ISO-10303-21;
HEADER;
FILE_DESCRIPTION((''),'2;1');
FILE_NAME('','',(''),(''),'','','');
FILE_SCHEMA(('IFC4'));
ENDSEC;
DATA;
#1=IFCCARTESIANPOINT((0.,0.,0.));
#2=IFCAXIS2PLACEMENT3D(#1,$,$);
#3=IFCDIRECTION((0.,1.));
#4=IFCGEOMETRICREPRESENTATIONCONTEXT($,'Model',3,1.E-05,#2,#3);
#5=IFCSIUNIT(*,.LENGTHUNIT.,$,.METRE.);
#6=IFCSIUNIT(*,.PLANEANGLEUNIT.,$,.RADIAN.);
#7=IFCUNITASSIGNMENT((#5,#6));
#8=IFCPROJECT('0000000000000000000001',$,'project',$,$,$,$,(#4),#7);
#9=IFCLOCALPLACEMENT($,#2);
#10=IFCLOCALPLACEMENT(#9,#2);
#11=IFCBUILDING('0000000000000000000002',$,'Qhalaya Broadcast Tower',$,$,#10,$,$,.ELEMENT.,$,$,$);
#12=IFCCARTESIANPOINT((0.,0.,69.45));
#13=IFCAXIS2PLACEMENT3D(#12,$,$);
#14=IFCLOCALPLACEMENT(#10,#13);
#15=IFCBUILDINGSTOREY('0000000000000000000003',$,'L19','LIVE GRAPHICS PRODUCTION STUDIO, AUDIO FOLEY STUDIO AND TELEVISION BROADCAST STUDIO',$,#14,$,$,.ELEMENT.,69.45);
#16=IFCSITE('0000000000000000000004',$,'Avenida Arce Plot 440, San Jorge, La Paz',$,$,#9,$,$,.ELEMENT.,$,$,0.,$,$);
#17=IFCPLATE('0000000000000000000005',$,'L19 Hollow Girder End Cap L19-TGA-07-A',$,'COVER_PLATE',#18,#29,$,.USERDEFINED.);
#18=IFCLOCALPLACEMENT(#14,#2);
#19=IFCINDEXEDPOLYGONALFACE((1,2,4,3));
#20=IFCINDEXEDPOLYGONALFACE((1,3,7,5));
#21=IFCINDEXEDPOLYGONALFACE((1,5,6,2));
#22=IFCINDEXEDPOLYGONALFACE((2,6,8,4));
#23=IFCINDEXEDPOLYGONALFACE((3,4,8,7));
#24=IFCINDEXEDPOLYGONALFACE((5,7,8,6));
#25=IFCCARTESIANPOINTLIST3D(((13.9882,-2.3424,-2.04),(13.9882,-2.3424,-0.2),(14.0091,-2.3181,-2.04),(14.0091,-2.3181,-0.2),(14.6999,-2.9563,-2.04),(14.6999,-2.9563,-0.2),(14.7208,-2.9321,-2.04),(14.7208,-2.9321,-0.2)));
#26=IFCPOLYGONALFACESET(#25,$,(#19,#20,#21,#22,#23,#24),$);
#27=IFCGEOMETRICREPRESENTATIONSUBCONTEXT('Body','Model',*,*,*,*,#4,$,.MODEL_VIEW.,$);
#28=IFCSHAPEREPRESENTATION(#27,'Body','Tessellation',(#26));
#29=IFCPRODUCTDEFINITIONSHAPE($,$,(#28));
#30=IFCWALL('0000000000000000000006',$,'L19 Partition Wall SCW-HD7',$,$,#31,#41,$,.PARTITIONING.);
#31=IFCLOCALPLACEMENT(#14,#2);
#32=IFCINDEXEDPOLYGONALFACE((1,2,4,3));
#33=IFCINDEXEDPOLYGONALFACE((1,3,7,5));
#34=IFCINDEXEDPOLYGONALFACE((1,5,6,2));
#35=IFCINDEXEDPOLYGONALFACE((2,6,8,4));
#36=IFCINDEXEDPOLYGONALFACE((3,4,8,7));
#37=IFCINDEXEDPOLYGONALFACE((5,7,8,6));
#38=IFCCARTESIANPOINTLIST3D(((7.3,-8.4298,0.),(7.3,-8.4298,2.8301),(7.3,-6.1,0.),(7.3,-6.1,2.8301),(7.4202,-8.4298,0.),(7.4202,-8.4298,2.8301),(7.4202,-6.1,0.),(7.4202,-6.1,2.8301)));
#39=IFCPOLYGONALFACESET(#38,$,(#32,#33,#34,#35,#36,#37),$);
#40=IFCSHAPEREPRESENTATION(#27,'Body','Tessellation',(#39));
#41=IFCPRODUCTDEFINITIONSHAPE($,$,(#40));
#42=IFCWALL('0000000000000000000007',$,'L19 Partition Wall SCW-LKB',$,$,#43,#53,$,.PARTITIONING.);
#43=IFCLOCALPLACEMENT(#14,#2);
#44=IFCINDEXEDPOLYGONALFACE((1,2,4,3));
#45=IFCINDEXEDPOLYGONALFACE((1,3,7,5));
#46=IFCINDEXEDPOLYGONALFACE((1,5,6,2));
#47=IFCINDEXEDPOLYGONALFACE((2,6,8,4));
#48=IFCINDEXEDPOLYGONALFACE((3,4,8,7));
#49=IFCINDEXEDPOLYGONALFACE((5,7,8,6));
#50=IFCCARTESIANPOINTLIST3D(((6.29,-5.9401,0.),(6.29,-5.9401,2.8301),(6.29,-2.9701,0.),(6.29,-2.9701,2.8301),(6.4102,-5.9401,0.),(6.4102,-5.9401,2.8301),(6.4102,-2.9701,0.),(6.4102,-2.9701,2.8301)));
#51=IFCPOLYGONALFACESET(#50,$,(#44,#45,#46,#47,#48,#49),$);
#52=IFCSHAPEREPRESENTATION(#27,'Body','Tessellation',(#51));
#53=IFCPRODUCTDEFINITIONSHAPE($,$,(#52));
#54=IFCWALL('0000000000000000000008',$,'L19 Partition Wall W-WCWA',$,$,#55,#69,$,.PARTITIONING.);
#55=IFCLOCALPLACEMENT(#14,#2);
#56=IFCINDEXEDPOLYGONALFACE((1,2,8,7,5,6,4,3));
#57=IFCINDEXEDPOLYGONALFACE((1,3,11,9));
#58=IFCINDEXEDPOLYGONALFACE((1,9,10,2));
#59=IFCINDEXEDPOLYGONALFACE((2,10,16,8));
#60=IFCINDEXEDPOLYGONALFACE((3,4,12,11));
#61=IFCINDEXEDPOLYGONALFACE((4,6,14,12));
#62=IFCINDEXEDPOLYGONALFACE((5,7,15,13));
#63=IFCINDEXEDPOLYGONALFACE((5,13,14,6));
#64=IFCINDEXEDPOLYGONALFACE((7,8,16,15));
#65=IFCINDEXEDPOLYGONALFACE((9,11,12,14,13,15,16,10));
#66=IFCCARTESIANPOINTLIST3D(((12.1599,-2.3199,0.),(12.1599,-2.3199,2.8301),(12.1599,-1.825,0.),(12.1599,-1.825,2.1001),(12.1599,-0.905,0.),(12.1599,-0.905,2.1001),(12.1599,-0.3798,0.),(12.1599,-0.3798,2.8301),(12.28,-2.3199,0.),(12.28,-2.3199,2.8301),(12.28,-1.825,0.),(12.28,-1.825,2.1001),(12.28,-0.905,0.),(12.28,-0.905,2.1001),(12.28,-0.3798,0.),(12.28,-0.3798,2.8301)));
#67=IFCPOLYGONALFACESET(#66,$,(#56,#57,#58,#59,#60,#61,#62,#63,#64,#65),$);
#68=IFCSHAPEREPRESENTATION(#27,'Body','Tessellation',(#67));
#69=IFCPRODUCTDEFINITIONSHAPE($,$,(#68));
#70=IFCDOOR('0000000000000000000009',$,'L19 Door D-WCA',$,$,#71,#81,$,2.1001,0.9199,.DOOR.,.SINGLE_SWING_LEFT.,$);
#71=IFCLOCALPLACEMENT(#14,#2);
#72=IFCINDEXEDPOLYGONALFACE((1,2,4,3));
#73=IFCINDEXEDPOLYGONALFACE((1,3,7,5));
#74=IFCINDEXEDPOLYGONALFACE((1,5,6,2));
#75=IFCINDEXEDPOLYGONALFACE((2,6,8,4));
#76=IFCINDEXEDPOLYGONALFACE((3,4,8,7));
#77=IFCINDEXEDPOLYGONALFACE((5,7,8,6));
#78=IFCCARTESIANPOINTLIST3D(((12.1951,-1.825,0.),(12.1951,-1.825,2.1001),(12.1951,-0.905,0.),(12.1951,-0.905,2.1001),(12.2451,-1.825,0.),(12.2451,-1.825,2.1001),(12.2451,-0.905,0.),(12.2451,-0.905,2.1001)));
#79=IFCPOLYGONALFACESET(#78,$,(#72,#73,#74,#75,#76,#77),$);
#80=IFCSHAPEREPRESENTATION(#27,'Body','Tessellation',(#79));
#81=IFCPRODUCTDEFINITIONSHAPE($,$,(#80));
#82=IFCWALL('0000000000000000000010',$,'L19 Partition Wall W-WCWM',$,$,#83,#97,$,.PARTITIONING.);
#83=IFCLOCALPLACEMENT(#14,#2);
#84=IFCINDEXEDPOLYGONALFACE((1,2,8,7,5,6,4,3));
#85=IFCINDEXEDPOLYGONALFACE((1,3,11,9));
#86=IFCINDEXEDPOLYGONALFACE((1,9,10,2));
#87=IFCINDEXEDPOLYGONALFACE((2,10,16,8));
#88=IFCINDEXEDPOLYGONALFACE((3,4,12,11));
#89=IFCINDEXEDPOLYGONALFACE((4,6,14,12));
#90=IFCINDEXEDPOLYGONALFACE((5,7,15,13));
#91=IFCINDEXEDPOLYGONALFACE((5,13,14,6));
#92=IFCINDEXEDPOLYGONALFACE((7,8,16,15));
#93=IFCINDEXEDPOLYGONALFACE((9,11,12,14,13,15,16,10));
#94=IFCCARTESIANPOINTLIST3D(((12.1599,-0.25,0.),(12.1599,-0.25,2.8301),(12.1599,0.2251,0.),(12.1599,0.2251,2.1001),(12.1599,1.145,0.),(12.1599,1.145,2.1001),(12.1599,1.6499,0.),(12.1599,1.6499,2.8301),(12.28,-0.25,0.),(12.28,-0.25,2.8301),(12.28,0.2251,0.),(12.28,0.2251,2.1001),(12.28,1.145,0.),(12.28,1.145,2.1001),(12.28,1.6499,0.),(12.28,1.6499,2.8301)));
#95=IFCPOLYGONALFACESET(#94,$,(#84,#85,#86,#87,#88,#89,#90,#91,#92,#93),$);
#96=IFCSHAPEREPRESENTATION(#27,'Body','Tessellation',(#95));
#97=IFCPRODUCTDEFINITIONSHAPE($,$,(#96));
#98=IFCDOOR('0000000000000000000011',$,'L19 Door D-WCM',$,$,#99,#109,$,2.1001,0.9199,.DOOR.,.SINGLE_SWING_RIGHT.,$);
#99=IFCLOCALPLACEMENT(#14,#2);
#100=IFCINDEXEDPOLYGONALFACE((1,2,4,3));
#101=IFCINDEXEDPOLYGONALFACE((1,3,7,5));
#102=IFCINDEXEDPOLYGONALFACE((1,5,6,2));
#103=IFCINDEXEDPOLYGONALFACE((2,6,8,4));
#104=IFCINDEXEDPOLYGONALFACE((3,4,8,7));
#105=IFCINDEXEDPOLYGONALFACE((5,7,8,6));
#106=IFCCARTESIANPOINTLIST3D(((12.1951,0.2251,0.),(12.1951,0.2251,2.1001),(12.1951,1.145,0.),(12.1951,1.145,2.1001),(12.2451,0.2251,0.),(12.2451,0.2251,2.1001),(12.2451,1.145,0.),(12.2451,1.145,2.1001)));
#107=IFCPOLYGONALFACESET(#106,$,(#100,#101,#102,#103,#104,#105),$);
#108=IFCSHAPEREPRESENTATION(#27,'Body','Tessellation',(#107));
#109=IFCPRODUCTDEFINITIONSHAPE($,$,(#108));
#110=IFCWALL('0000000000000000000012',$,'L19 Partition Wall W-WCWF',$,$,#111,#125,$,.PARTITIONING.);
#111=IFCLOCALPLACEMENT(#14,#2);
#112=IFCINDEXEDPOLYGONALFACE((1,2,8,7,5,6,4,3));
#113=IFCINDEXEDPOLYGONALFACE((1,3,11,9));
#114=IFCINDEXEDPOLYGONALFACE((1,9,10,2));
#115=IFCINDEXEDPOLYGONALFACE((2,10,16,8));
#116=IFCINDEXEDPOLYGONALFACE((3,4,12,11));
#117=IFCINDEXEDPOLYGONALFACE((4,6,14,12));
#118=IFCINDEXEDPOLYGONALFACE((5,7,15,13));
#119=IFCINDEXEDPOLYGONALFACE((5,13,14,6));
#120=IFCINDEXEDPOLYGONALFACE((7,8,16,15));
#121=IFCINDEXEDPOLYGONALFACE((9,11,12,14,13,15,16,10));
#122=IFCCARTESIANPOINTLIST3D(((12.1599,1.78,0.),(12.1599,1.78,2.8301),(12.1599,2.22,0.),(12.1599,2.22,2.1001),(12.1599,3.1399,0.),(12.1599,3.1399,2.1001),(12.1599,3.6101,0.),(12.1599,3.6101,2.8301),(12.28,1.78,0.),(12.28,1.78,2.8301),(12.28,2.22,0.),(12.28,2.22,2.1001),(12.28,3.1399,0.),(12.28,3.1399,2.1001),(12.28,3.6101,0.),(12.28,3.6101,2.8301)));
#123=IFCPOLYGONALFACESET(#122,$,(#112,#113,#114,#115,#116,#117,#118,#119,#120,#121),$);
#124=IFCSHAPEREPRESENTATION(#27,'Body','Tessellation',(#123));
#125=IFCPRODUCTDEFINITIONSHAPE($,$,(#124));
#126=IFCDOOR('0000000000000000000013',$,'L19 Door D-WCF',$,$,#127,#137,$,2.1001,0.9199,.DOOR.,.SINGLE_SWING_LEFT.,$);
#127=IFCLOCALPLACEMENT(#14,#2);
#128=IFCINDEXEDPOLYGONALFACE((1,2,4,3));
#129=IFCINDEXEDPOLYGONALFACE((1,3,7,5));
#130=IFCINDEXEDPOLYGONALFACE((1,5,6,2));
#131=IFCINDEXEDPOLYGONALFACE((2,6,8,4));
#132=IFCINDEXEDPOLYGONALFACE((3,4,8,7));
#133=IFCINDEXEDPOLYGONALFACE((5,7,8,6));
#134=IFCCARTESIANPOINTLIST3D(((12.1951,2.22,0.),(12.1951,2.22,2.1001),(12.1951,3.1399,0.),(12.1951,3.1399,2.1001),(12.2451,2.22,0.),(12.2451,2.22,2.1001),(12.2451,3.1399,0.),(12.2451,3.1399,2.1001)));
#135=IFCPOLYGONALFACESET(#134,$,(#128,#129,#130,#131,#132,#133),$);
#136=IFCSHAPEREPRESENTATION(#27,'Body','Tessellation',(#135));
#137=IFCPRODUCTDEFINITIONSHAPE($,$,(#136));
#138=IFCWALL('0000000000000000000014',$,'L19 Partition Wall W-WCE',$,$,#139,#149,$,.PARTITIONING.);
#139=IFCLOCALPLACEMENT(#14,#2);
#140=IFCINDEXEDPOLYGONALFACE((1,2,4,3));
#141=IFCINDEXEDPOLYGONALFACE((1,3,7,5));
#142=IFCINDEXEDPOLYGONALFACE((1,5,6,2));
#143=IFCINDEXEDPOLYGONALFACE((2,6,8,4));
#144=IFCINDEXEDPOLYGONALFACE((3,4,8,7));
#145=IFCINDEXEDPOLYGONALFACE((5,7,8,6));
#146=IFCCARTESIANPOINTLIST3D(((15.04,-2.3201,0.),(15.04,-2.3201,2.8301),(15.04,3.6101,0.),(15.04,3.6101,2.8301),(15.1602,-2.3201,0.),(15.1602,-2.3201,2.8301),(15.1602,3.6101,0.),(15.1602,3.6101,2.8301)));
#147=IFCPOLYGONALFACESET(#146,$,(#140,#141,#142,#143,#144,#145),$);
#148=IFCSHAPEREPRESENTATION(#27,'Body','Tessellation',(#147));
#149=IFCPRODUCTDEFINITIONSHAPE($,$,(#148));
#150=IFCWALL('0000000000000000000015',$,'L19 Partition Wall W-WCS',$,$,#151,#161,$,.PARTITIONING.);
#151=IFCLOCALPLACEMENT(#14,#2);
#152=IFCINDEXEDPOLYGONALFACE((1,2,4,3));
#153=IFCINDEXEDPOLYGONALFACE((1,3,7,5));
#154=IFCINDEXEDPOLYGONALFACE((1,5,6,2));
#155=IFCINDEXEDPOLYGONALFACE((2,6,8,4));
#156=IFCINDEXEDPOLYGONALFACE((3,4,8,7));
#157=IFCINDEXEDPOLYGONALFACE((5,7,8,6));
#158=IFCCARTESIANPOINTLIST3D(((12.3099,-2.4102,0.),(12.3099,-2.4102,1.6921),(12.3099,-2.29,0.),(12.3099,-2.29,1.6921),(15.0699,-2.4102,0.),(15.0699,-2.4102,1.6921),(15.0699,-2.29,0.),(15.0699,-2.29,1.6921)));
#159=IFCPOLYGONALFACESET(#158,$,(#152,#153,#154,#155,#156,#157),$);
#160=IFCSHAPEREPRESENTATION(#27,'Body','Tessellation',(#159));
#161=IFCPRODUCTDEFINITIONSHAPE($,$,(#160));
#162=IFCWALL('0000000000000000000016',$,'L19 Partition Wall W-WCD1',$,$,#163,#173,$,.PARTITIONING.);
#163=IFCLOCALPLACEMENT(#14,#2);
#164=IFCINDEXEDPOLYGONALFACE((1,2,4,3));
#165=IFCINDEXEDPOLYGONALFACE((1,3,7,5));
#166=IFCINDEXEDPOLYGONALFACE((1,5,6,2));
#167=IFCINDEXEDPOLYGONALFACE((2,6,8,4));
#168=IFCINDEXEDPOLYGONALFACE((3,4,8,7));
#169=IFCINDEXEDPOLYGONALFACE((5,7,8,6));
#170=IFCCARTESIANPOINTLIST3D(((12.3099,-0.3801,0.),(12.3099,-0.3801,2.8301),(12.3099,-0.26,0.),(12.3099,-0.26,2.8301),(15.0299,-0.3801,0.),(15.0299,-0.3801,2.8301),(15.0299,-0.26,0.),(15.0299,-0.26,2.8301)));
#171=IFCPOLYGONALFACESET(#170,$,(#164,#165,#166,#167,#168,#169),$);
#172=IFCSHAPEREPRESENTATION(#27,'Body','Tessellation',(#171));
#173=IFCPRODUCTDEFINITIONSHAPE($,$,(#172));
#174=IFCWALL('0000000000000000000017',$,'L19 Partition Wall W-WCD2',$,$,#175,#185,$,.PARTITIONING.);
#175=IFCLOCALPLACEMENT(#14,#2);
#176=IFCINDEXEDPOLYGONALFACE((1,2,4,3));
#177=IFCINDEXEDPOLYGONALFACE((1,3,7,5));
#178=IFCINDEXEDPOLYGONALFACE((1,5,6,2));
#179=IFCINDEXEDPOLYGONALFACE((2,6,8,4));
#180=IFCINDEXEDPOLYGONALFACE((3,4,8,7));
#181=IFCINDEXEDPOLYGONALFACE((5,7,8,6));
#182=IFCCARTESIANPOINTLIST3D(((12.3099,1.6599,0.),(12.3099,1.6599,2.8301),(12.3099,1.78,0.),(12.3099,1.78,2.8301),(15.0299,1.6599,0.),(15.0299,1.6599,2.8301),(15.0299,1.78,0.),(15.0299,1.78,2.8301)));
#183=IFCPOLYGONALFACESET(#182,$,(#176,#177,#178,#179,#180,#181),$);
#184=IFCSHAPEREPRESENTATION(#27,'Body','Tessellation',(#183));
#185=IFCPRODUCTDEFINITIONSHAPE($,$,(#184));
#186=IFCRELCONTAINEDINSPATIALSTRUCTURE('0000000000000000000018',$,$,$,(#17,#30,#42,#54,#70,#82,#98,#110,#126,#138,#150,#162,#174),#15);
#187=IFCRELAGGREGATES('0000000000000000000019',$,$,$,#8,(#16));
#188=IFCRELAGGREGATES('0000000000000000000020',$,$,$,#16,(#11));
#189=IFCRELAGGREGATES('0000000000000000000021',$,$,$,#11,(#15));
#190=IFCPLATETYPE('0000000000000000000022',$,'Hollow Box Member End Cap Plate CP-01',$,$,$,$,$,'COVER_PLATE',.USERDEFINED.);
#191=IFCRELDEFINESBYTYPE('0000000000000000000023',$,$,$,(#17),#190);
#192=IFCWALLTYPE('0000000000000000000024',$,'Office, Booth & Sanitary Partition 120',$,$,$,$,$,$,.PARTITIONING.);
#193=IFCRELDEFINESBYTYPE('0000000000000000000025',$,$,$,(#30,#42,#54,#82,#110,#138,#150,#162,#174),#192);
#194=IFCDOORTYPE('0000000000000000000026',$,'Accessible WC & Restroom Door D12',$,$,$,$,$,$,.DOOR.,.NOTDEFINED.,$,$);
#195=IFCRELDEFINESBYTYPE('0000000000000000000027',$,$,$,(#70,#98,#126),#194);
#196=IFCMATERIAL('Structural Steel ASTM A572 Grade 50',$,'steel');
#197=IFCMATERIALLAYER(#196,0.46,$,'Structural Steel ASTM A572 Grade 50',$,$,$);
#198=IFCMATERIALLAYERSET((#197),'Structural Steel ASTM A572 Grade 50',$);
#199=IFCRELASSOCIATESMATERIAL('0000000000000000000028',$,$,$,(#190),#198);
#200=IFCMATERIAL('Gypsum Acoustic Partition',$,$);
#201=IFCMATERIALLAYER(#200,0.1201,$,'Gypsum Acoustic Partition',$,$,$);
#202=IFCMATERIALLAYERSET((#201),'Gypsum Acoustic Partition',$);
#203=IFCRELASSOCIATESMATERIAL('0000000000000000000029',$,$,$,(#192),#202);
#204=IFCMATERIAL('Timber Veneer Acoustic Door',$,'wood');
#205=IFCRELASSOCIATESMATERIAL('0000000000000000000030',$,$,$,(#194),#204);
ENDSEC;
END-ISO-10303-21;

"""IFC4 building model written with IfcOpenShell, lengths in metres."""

from ifc_helpers import new_model, si_unit, direction, frame, frame_2d, origin, origin_2d, place, context, subcontext, project, spatial, rectangle, extrude, material, layer, layer_set, type_object, element, fill, save


model = new_model("IFC4")

# Units and contexts
model_context = context("Model", 3, precision=1e-05, world=origin(), true_north=direction((0.0, 1.0)))
body_context = subcontext(model_context, "Body", "Model", "MODEL_VIEW")
ifc_project = project(units=[si_unit("LENGTHUNIT", "METRE"), si_unit("PLANEANGLEUNIT", "RADIAN")], contexts=[model_context])

# Site, building, storey
site_placement = place(None, origin())
site = spatial("IfcSite", under=ifc_project, at=site_placement, Name="Avenida Arce Plot 440, San Jorge, La Paz", CompositionType="ELEMENT", RefElevation=0.0)
building_placement = place(site_placement, origin())
building = spatial("IfcBuilding", under=site, at=building_placement, Name="Qhalaya Broadcast Tower", CompositionType="ELEMENT")
storey_placement = place(building_placement, frame((0.0, 0.0, 69.45)))
storey = spatial("IfcBuildingStorey", under=building, at=storey_placement, Name="L19", Description="LIVE GRAPHICS PRODUCTION STUDIO, AUDIO FOLEY STUDIO AND TELEVISION BROADCAST STUDIO", CompositionType="ELEMENT", Elevation=69.45)

# Shared definitions
ifc_material_1 = material(Name="Structural Steel ASTM A572 Grade 50", Category="steel")

# Plate
ifc_layer_1 = layer(ifc_material_1, 0.46, Name="Structural Steel ASTM A572 Grade 50")
ifc_layer_set_1 = layer_set([ifc_layer_1], Name="Structural Steel ASTM A572 Grade 50")
plate_type = type_object("IfcPlateType", Name="Hollow Box Member End Cap Plate CP-01", ElementType="COVER_PLATE", PredefinedType="USERDEFINED", material=ifc_layer_set_1)
for number, where, z_axis, x_axis, name in (
    (1, (14.3545, -2.6372, -2.04), (0.0, 0.0, 1.0), (-0.757223, 0.653156, 0.0), "L19 Hollow Girder End Cap L19-TGA-07-A"),
):
    element("IfcPlate", number, at=place(storey_placement, frame(where, z_axis=z_axis, x_axis=x_axis)), inside=storey, type_object=plate_type, Name=name, ObjectType="COVER_PLATE", PredefinedType="USERDEFINED", context=body_context, shape_type="SweptSolid", body=[
        extrude(rectangle(XDim=0.9399, YDim=0.032, at=origin_2d()), origin(), (0.0, 0.0, 1.0), 1.8401),
    ])

# Walls
ifc_material_2 = material(Name="Gypsum Acoustic Partition")
ifc_layer_2 = layer(ifc_material_2, 0.1201, Name="Gypsum Acoustic Partition")
ifc_layer_set_2 = layer_set([ifc_layer_2], Name="Gypsum Acoustic Partition")
wall_type = type_object("IfcWallType", Name="Office, Booth & Sanitary Partition 120", PredefinedType="PARTITIONING", material=ifc_layer_set_2)
wall_1_placement = place(storey_placement, frame((7.3601, -8.4299, 0.0), z_axis=(0.0, 0.0, 1.0), x_axis=(0.0, 1.0, 0.0)))
element("IfcWall", 2, at=wall_1_placement, inside=storey, type_object=wall_type, Name="L19 Partition Wall SCW-HD7", PredefinedType="PARTITIONING", context=body_context, shape_type="SweptSolid", body=[
    extrude(rectangle(XDim=2.3298, YDim=0.1201, at=frame_2d((1.165, 0.0))), origin(), (0.0, 0.0, 1.0), 2.8301),
])
wall_2_placement = place(storey_placement, frame((6.3501, -5.9399, 0.0), z_axis=(0.0, 0.0, 1.0), x_axis=(0.0, 1.0, 0.0)))
element("IfcWall", 3, at=wall_2_placement, inside=storey, type_object=wall_type, Name="L19 Partition Wall SCW-LKB", PredefinedType="PARTITIONING", context=body_context, shape_type="SweptSolid", body=[
    extrude(rectangle(XDim=2.97, YDim=0.1201, at=frame_2d((1.4849, 0.0))), origin(), (0.0, 0.0, 1.0), 2.8301),
])

# Walls, openings, doors
wall_3_placement = place(storey_placement, frame((12.22, -2.3201, 0.0), z_axis=(0.0, 0.0, 1.0), x_axis=(0.0, 1.0, 0.0)))
wall_3 = element("IfcWall", 4, at=wall_3_placement, inside=storey, type_object=wall_type, Name="L19 Partition Wall W-WCWA", PredefinedType="PARTITIONING", context=body_context, shape_type="SweptSolid", body=[
    extrude(rectangle(XDim=1.9402, YDim=0.1201, at=frame_2d((0.9702, 0.0))), origin(), (0.0, 0.0, 1.0), 2.8301),
])
opening_1_placement = place(wall_3_placement, frame((0.4951, 0.0, 0.0)))
opening_1 = element("IfcOpeningElement", 5, at=opening_1_placement, cuts=wall_3, PredefinedType="OPENING", context=body_context, shape_type="SweptSolid", body=[
    extrude(rectangle(XDim=0.9199, YDim=2.1001, at=frame_2d((0.46, 1.05))), frame((0.0, 0.072, 0.0), z_axis=(0.0, -1.0, 0.0), x_axis=(1.0, 0.0, 0.0)), (0.0, 0.0, 1.0), 0.144),
])
ifc_material_3 = material(Name="Timber Veneer Acoustic Door", Category="wood")
door_type = type_object("IfcDoorType", Name="Accessible WC & Restroom Door D12", OperationType="NOTDEFINED", PredefinedType="DOOR", material=ifc_material_3)
door_1_placement = place(opening_1_placement, origin())
door_1 = element("IfcDoor", 6, at=door_1_placement, inside=storey, type_object=door_type, Name="L19 Door D-WCA", OperationType="SINGLE_SWING_LEFT", OverallHeight=2.1001, OverallWidth=0.9199, PredefinedType="DOOR", context=body_context, shape_type="SweptSolid", body=[
    extrude(rectangle(XDim=0.9199, YDim=2.1001, at=frame_2d((0.46, 1.05))), frame((0.0, 0.0249, 0.0), z_axis=(0.0, -1.0, 0.0), x_axis=(1.0, 0.0, 0.0)), (0.0, 0.0, 1.0), 0.05),
])
fill(opening_1, door_1)
wall_4_placement = place(storey_placement, frame((12.22, -0.25, 0.0), z_axis=(0.0, 0.0, 1.0), x_axis=(0.0, 1.0, 0.0)))
wall_4 = element("IfcWall", 7, at=wall_4_placement, inside=storey, type_object=wall_type, Name="L19 Partition Wall W-WCWM", PredefinedType="PARTITIONING", context=body_context, shape_type="SweptSolid", body=[
    extrude(rectangle(XDim=1.8999, YDim=0.1201, at=frame_2d((0.95, 0.0))), origin(), (0.0, 0.0, 1.0), 2.8301),
])
opening_2_placement = place(wall_4_placement, frame((0.4751, 0.0, 0.0)))
opening_2 = element("IfcOpeningElement", 8, at=opening_2_placement, cuts=wall_4, PredefinedType="OPENING", context=body_context, shape_type="SweptSolid", body=[
    extrude(rectangle(XDim=0.9199, YDim=2.1001, at=frame_2d((0.46, 1.05))), frame((0.0, 0.072, 0.0), z_axis=(0.0, -1.0, 0.0), x_axis=(1.0, 0.0, 0.0)), (0.0, 0.0, 1.0), 0.144),
])
door_2_placement = place(opening_2_placement, origin())
door_2 = element("IfcDoor", 9, at=door_2_placement, inside=storey, type_object=door_type, Name="L19 Door D-WCM", OperationType="SINGLE_SWING_RIGHT", OverallHeight=2.1001, OverallWidth=0.9199, PredefinedType="DOOR", context=body_context, shape_type="SweptSolid", body=[
    extrude(rectangle(XDim=0.9199, YDim=2.1001, at=frame_2d((0.46, 1.05))), frame((0.0, 0.0249, 0.0), z_axis=(0.0, -1.0, 0.0), x_axis=(1.0, 0.0, 0.0)), (0.0, 0.0, 1.0), 0.05),
])
fill(opening_2, door_2)
wall_5_placement = place(storey_placement, frame((12.22, 1.78, 0.0), z_axis=(0.0, 0.0, 1.0), x_axis=(0.0, 1.0, 0.0)))
wall_5 = element("IfcWall", 10, at=wall_5_placement, inside=storey, type_object=wall_type, Name="L19 Partition Wall W-WCWF", PredefinedType="PARTITIONING", context=body_context, shape_type="SweptSolid", body=[
    extrude(rectangle(XDim=1.8301, YDim=0.1201, at=frame_2d((0.915, 0.0))), origin(), (0.0, 0.0, 1.0), 2.8301),
])
opening_3_placement = place(wall_5_placement, frame((0.4399, 0.0, 0.0)))
opening_3 = element("IfcOpeningElement", 11, at=opening_3_placement, cuts=wall_5, PredefinedType="OPENING", context=body_context, shape_type="SweptSolid", body=[
    extrude(rectangle(XDim=0.9199, YDim=2.1001, at=frame_2d((0.46, 1.05))), frame((0.0, 0.072, 0.0), z_axis=(0.0, -1.0, 0.0), x_axis=(1.0, 0.0, 0.0)), (0.0, 0.0, 1.0), 0.144),
])
door_3_placement = place(opening_3_placement, origin())
door_3 = element("IfcDoor", 12, at=door_3_placement, inside=storey, type_object=door_type, Name="L19 Door D-WCF", OperationType="SINGLE_SWING_LEFT", OverallHeight=2.1001, OverallWidth=0.9199, PredefinedType="DOOR", context=body_context, shape_type="SweptSolid", body=[
    extrude(rectangle(XDim=0.9199, YDim=2.1001, at=frame_2d((0.46, 1.05))), frame((0.0, 0.0249, 0.0), z_axis=(0.0, -1.0, 0.0), x_axis=(1.0, 0.0, 0.0)), (0.0, 0.0, 1.0), 0.05),
])
fill(opening_3, door_3)

# Walls
wall_6_placement = place(storey_placement, frame((15.1001, -2.3201, 0.0), z_axis=(0.0, 0.0, 1.0), x_axis=(0.0, 1.0, 0.0)))
element("IfcWall", 13, at=wall_6_placement, inside=storey, type_object=wall_type, Name="L19 Partition Wall W-WCE", PredefinedType="PARTITIONING", context=body_context, shape_type="SweptSolid", body=[
    extrude(rectangle(XDim=5.9302, YDim=0.1201, at=frame_2d((2.9651, 0.0))), origin(), (0.0, 0.0, 1.0), 2.8301),
])
wall_7_placement = place(storey_placement, frame((12.3101, -2.3501, 0.0), z_axis=(0.0, 0.0, 1.0), x_axis=(1.0, 0.0, 0.0)))
element("IfcWall", 14, at=wall_7_placement, inside=storey, type_object=wall_type, Name="L19 Partition Wall W-WCS", PredefinedType="PARTITIONING", context=body_context, shape_type="SweptSolid", body=[
    extrude(rectangle(XDim=2.76, YDim=0.1201, at=frame_2d((1.3799, 0.0))), origin(), (0.0, 0.0, 1.0), 1.6921),
])
for number, where, z_axis, x_axis, name in (
    (15, (12.3101, -0.3201, 0.0), (0.0, 0.0, 1.0), (1.0, 0.0, 0.0), "L19 Partition Wall W-WCD1"),
    (16, (12.3101, 1.72, 0.0), (0.0, 0.0, 1.0), (1.0, 0.0, 0.0), "L19 Partition Wall W-WCD2"),
):
    element("IfcWall", number, at=place(storey_placement, frame(where, z_axis=z_axis, x_axis=x_axis)), inside=storey, type_object=wall_type, Name=name, PredefinedType="PARTITIONING", context=body_context, shape_type="SweptSolid", body=[
        extrude(rectangle(XDim=2.72, YDim=0.1201, at=frame_2d((1.3599, 0.0))), origin(), (0.0, 0.0, 1.0), 2.8301),
    ])

save(model, "model.ifc")
